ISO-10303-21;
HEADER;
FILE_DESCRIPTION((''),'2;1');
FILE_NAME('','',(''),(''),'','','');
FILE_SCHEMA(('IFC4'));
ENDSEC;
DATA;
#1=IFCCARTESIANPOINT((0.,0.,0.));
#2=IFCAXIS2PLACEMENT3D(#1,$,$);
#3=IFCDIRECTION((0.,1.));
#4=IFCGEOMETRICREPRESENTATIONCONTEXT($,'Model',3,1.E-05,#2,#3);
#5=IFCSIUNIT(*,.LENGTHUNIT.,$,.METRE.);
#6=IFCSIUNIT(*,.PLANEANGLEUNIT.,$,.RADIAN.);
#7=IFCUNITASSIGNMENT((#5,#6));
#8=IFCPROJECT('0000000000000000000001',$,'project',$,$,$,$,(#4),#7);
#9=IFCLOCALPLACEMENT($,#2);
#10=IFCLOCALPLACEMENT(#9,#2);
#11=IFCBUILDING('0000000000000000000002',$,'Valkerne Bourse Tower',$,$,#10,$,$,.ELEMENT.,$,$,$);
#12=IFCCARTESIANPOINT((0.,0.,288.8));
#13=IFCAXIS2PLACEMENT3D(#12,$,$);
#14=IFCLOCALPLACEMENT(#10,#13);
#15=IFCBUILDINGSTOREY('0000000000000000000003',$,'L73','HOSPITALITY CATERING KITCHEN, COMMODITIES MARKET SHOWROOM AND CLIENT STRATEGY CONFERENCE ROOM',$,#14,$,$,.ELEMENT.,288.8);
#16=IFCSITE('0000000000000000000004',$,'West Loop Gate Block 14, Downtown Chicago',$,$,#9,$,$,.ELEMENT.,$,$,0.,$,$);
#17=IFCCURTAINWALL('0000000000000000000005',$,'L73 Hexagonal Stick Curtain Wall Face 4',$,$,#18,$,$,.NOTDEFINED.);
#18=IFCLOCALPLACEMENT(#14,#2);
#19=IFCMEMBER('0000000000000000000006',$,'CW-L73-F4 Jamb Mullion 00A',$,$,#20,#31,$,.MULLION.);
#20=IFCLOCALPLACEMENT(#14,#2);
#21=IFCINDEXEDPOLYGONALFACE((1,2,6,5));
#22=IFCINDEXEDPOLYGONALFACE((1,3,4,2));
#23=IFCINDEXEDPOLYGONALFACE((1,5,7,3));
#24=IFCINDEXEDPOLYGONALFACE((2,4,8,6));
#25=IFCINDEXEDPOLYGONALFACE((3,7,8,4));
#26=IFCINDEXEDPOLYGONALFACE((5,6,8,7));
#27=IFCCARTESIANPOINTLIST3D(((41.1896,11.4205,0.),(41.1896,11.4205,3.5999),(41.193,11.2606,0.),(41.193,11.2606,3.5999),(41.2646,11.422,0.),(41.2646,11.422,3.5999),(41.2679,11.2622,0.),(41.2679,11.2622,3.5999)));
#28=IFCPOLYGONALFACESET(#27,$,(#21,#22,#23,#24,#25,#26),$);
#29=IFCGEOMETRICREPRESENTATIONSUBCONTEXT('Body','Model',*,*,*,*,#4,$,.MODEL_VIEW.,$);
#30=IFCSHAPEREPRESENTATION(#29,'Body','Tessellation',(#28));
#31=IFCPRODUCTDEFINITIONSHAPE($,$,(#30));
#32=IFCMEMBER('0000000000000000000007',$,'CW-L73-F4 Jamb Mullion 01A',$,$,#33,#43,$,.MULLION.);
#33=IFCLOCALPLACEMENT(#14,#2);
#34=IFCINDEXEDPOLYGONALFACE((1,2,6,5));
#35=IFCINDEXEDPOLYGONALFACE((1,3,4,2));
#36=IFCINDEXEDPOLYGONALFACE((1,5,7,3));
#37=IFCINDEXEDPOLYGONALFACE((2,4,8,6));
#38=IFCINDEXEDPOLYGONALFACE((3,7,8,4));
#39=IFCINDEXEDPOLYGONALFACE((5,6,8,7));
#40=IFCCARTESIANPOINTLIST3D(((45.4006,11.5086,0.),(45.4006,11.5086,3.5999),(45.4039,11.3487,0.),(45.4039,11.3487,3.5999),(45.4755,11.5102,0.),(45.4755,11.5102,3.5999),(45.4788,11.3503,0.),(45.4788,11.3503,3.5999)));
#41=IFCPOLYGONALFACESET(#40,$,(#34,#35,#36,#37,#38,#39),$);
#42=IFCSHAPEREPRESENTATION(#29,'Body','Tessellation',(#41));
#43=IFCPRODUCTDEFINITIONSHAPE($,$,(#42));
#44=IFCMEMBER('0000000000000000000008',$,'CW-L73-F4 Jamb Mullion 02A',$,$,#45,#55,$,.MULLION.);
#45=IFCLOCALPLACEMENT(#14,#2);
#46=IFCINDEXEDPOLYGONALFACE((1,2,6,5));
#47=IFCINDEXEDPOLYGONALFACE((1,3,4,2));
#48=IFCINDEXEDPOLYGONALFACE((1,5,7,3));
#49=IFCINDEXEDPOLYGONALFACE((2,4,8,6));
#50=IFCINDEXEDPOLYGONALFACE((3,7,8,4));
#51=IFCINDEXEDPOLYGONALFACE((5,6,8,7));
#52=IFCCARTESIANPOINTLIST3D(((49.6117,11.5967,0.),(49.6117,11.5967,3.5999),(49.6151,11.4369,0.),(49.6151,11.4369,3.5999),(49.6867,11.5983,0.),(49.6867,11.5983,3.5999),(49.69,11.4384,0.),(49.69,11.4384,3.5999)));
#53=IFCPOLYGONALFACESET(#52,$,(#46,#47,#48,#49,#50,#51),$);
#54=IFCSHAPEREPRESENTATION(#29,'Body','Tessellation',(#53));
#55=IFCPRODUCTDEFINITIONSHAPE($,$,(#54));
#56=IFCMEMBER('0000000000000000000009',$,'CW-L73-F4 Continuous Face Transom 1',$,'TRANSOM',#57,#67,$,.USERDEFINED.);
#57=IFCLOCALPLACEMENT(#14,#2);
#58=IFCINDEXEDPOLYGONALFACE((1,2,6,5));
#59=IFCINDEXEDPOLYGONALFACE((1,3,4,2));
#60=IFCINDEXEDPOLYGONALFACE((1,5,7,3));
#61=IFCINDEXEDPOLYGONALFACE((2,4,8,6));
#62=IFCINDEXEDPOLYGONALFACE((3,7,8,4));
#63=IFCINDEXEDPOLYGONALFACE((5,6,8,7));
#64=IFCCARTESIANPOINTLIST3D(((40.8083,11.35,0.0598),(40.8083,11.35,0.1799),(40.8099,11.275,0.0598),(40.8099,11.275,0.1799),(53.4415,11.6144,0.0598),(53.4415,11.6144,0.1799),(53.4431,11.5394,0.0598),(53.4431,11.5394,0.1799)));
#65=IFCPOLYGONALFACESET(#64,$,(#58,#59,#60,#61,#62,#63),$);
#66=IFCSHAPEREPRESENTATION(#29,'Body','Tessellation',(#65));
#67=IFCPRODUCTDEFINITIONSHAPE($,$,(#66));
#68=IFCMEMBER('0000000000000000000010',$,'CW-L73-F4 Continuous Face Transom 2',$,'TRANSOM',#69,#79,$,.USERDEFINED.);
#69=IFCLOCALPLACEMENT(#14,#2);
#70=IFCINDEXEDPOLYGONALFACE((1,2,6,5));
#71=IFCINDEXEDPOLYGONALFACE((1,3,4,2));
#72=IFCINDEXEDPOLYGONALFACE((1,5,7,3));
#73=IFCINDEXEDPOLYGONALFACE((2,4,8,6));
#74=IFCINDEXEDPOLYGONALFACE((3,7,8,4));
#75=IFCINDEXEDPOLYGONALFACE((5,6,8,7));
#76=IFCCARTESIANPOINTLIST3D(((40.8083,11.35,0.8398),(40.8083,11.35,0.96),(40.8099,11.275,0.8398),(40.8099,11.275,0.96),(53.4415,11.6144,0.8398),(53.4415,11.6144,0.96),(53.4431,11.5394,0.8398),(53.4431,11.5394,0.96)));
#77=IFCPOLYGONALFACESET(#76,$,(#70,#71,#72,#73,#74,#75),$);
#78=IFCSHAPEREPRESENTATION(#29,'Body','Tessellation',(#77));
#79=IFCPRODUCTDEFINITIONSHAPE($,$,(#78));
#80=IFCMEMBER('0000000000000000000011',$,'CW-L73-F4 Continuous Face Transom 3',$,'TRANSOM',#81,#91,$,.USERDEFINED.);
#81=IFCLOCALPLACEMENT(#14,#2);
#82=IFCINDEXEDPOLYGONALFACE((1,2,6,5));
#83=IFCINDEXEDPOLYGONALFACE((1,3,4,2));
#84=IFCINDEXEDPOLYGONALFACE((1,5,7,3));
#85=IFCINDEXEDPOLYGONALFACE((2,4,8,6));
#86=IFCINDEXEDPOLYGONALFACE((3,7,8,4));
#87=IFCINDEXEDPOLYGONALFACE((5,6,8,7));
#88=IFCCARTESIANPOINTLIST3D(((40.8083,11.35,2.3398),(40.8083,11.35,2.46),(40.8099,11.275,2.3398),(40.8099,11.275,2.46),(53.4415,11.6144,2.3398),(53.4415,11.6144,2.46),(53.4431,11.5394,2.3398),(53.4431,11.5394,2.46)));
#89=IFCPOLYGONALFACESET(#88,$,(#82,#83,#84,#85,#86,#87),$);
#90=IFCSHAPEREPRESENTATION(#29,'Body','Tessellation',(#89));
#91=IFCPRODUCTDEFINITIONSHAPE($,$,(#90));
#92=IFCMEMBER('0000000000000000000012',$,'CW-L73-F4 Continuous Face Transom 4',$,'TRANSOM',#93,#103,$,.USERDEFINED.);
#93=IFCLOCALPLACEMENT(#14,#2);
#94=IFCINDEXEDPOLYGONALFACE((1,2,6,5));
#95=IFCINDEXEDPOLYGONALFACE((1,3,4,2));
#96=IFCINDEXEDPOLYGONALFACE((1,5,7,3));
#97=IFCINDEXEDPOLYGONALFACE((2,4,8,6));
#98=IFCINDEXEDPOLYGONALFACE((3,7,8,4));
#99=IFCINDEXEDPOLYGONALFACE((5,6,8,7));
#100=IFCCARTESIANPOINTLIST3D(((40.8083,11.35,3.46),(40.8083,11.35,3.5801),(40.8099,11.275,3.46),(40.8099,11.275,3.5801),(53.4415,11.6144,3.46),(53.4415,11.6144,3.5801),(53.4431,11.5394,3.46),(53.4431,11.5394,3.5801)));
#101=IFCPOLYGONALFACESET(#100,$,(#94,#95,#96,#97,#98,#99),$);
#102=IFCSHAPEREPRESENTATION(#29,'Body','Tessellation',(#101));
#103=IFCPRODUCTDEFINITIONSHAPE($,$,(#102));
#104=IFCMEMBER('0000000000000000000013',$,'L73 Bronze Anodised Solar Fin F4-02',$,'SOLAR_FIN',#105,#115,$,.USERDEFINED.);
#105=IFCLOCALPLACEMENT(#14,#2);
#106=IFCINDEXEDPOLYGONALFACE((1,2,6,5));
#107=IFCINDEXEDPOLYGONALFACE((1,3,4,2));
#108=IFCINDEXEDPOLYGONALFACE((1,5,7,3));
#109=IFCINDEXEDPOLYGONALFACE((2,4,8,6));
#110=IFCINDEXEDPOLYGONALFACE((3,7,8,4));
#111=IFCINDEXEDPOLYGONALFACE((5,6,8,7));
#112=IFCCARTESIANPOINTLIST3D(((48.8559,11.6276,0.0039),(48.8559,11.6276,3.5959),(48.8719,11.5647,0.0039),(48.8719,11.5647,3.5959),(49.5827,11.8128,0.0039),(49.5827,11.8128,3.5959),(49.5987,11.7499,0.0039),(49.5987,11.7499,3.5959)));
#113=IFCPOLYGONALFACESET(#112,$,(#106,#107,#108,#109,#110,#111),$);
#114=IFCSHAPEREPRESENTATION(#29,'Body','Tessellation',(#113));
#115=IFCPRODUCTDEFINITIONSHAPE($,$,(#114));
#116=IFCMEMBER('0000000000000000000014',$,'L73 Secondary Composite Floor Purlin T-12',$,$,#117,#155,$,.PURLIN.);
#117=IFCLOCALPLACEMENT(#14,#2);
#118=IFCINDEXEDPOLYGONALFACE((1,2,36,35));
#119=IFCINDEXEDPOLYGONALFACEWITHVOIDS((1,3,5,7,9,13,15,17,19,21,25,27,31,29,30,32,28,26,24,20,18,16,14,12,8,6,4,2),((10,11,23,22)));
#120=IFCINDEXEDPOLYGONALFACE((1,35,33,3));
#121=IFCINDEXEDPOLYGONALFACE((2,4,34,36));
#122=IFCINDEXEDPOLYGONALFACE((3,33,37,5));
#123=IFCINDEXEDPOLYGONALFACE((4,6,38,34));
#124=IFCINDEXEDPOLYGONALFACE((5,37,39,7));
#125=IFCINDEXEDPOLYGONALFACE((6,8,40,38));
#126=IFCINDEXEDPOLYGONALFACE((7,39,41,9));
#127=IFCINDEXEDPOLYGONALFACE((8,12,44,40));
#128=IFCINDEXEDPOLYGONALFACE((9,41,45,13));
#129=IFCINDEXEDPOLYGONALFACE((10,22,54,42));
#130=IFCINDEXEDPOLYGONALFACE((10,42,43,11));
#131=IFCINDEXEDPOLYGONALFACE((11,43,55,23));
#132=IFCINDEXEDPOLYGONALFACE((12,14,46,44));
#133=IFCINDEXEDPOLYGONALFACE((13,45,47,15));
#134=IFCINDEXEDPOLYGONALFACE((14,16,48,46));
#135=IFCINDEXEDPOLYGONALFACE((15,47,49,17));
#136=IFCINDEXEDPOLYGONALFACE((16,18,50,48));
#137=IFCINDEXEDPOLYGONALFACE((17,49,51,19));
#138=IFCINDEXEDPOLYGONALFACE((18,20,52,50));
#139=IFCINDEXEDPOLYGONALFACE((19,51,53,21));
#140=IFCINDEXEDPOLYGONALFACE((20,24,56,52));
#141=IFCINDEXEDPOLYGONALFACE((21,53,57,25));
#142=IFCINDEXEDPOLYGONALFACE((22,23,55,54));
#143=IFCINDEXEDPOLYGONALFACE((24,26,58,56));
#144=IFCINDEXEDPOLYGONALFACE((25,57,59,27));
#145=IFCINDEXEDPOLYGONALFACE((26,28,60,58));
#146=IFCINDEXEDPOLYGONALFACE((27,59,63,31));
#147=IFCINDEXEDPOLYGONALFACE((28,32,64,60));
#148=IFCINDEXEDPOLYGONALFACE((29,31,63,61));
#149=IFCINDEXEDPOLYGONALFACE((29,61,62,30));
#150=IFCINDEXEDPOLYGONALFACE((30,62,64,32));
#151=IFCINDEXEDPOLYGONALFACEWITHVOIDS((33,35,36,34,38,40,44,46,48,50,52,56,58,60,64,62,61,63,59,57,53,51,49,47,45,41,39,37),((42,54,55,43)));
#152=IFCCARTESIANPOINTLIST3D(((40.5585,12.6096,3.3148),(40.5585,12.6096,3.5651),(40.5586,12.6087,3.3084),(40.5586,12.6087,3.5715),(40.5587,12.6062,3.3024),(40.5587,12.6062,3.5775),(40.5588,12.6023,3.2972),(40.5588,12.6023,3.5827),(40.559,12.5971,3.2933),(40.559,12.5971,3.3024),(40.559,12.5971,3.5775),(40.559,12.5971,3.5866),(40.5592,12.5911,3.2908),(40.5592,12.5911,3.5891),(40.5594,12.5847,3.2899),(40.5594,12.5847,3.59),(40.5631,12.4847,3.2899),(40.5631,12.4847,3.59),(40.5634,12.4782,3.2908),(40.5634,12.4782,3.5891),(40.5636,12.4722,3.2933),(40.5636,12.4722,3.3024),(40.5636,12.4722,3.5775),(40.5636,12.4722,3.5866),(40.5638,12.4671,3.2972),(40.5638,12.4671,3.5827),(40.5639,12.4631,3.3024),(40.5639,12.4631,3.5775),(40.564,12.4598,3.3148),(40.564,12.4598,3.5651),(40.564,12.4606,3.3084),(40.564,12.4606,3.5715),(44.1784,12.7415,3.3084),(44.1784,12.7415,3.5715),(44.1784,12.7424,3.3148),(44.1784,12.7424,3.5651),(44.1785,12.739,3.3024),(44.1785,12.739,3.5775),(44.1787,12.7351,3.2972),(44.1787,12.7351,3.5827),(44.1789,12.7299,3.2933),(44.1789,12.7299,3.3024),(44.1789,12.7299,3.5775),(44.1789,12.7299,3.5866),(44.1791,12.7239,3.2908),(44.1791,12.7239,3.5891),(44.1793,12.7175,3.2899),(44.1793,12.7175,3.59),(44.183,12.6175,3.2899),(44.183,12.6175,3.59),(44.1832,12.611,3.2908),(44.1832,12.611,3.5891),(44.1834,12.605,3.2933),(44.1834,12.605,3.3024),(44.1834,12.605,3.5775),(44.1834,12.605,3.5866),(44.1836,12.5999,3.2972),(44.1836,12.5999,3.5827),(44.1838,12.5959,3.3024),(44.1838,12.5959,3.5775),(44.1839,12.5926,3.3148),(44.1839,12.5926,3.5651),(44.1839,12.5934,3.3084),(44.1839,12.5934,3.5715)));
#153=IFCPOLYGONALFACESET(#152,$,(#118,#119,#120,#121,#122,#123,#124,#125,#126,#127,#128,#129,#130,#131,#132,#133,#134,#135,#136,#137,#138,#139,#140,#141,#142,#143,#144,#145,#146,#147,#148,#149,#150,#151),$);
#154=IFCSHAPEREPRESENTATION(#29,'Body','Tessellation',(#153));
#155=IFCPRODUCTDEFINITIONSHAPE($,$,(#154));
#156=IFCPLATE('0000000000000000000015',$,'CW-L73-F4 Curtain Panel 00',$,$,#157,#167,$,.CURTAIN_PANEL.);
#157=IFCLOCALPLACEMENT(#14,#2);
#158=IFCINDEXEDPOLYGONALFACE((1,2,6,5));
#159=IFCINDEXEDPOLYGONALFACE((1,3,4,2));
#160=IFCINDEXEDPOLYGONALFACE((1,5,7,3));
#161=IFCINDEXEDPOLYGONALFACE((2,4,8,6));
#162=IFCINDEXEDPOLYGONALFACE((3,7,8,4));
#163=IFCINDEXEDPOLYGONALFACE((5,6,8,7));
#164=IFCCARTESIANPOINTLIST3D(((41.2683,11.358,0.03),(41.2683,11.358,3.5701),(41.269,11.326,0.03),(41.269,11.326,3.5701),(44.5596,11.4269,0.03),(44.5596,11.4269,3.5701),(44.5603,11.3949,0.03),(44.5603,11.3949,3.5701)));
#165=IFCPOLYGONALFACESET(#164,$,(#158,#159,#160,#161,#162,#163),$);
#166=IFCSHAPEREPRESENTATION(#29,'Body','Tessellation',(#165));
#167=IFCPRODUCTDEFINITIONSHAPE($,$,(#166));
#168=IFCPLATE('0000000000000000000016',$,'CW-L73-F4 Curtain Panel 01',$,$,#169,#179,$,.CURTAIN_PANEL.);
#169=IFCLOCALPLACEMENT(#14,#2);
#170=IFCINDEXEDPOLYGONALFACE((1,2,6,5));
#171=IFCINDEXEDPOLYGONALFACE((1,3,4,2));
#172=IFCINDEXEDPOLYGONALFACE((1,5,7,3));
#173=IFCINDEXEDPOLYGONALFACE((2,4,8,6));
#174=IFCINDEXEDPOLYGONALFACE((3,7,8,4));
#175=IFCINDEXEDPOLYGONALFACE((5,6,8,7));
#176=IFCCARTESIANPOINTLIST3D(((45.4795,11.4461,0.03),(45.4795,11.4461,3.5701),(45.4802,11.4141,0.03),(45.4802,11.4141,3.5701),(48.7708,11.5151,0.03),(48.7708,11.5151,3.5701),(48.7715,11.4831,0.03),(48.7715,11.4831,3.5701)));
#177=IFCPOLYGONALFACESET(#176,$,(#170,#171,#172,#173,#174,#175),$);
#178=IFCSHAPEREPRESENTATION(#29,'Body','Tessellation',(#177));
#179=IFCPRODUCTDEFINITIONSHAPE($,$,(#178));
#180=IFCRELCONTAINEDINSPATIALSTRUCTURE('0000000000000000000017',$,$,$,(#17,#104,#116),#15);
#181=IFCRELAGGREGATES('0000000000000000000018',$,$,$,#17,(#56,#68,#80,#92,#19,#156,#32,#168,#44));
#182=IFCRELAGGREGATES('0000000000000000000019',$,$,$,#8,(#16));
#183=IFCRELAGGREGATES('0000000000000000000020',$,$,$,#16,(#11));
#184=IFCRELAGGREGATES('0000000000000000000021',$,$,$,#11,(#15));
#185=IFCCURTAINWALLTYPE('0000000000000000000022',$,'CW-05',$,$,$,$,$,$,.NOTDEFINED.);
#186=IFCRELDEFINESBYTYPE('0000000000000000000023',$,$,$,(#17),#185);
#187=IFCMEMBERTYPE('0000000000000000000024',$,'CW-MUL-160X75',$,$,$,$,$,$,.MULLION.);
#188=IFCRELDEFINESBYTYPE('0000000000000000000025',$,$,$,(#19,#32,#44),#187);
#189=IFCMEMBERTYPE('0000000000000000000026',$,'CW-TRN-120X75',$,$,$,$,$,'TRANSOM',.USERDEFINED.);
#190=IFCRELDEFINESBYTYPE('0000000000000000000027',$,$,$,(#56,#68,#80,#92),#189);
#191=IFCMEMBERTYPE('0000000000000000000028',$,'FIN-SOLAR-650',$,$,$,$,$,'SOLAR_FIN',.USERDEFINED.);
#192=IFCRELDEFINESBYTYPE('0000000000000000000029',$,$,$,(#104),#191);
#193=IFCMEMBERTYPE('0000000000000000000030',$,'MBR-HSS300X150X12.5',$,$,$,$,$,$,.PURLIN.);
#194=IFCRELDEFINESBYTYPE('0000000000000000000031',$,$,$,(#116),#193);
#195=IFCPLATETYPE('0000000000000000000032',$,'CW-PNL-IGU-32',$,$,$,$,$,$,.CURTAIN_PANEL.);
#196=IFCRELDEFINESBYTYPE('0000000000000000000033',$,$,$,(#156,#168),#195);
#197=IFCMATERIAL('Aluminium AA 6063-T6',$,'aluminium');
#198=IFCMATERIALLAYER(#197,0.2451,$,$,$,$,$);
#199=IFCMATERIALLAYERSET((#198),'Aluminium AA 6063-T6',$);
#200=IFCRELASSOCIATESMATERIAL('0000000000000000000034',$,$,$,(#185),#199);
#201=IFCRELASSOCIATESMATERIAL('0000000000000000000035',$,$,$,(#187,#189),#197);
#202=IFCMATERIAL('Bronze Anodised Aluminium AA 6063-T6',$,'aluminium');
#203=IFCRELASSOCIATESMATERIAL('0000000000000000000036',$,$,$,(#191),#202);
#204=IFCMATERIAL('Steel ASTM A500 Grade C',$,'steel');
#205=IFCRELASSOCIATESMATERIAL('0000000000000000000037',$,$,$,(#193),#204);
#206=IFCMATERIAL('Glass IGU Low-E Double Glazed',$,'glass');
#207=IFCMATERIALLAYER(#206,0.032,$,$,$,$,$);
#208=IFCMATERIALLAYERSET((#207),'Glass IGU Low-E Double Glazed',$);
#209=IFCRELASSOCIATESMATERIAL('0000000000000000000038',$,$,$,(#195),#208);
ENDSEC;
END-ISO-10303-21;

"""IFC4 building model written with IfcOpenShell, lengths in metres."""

from ifc_helpers import new_model, si_unit, direction, frame, origin, origin_2d, place, context, subcontext, project, spatial, rectangle, hollow_rectangle, extrude, material, layer, layer_set, material_profile, profile_set, type_object, element, aggregate, save


model = new_model("IFC4")

# Units and contexts
model_context = context("Model", 3, precision=1e-05, world=origin(), true_north=direction((0.0, 1.0)))
body_context = subcontext(model_context, "Body", "Model", "MODEL_VIEW")
ifc_project = project(units=[si_unit("LENGTHUNIT", "METRE"), si_unit("PLANEANGLEUNIT", "RADIAN")], contexts=[model_context])

# Site, building, storey
site_placement = place(None, origin())
site = spatial("IfcSite", under=ifc_project, at=site_placement, Name="West Loop Gate Block 14, Downtown Chicago", CompositionType="ELEMENT", RefElevation=0.0)
building_placement = place(site_placement, origin())
building = spatial("IfcBuilding", under=site, at=building_placement, Name="Valkerne Bourse Tower", CompositionType="ELEMENT")
storey_placement = place(building_placement, frame((0.0, 0.0, 288.8)))
storey = spatial("IfcBuildingStorey", under=building, at=storey_placement, Name="L73", Description="HOSPITALITY CATERING KITCHEN, COMMODITIES MARKET SHOWROOM AND CLIENT STRATEGY CONFERENCE ROOM", CompositionType="ELEMENT", Elevation=288.8)

# Curtain wall, members
ifc_material_1 = material(Name="Aluminium AA 6063-T6", Category="aluminium")
ifc_layer_1 = layer(ifc_material_1, 0.2451)
ifc_layer_set_1 = layer_set([ifc_layer_1], Name="Aluminium AA 6063-T6")
curtain_wall_type = type_object("IfcCurtainWallType", Name="CW-05", PredefinedType="NOTDEFINED", material=ifc_layer_set_1)
curtain_wall_placement = place(storey_placement, origin())
curtain_wall = element("IfcCurtainWall", 1, at=curtain_wall_placement, inside=storey, type_object=curtain_wall_type, Name="L73 Hexagonal Stick Curtain Wall Face 4", PredefinedType="NOTDEFINED")
ifc_material_profile_1 = material_profile(ifc_material_1, rectangle(XDim=0.075, YDim=0.1599, at=origin_2d()), Name="CWM-75X160")
ifc_profile_set_1 = profile_set([ifc_material_profile_1], Name="Aluminium AA 6063-T6")
member_type_1 = type_object("IfcMemberType", Name="CW-MUL-160X75", PredefinedType="MULLION", material=ifc_profile_set_1)
member_1_placement = place(storey_placement, frame((41.2288, 11.3413, 0.0), z_axis=(0.0, 0.0, 1.0), x_axis=(0.999781, 0.02094, 0.0)))
member_1 = element("IfcMember", 2, at=member_1_placement, type_object=member_type_1, Name="CW-L73-F4 Jamb Mullion 00A", PredefinedType="MULLION", context=body_context, shape_type="SweptSolid", body=[
    extrude(rectangle(XDim=0.075, YDim=0.1599, at=origin_2d()), origin(), (0.0, 0.0, 1.0), 3.5999),
])
member_2_placement = place(storey_placement, frame((45.4397, 11.4294, 0.0), z_axis=(0.0, 0.0, 1.0), x_axis=(0.999781, 0.020941, 0.0)))
member_2 = element("IfcMember", 3, at=member_2_placement, type_object=member_type_1, Name="CW-L73-F4 Jamb Mullion 01A", PredefinedType="MULLION", context=body_context, shape_type="SweptSolid", body=[
    extrude(rectangle(XDim=0.075, YDim=0.1599, at=origin_2d()), origin(), (0.0, 0.0, 1.0), 3.5999),
])
member_3_placement = place(storey_placement, frame((49.6509, 11.5176, 0.0), z_axis=(0.0, 0.0, 1.0), x_axis=(0.999781, 0.02094, 0.0)))
member_3 = element("IfcMember", 4, at=member_3_placement, type_object=member_type_1, Name="CW-L73-F4 Jamb Mullion 02A", PredefinedType="MULLION", context=body_context, shape_type="SweptSolid", body=[
    extrude(rectangle(XDim=0.075, YDim=0.1599, at=origin_2d()), origin(), (0.0, 0.0, 1.0), 3.5999),
])
ifc_material_profile_2 = material_profile(ifc_material_1, rectangle(XDim=0.075, YDim=0.1201, at=origin_2d()), Name="CWT-75X120")
ifc_profile_set_2 = profile_set([ifc_material_profile_2], Name="Aluminium AA 6063-T6")
member_type_2 = type_object("IfcMemberType", Name="CW-TRN-120X75", ElementType="TRANSOM", PredefinedType="USERDEFINED", material=ifc_profile_set_2)
member_4_placement = place(storey_placement, frame((40.8091, 11.3125, 0.1199), z_axis=(0.999781, 0.020925, 0.0), x_axis=(-0.020925, 0.999781, 0.0)))
member_4 = element("IfcMember", 5, at=member_4_placement, type_object=member_type_2, Name="CW-L73-F4 Continuous Face Transom 1", ObjectType="TRANSOM", PredefinedType="USERDEFINED", context=body_context, shape_type="SweptSolid", body=[
    extrude(rectangle(XDim=0.075, YDim=0.1201, at=origin_2d()), origin(), (0.0, 0.0, 1.0), 12.636),
])
member_5_placement = place(storey_placement, frame((40.8091, 11.3125, 0.8999), z_axis=(0.999781, 0.020925, 0.0), x_axis=(-0.020925, 0.999781, 0.0)))
member_5 = element("IfcMember", 6, at=member_5_placement, type_object=member_type_2, Name="CW-L73-F4 Continuous Face Transom 2", ObjectType="TRANSOM", PredefinedType="USERDEFINED", context=body_context, shape_type="SweptSolid", body=[
    extrude(rectangle(XDim=0.075, YDim=0.1201, at=origin_2d()), origin(), (0.0, 0.0, 1.0), 12.636),
])
member_6_placement = place(storey_placement, frame((40.8091, 11.3125, 2.3999), z_axis=(0.999781, 0.020925, 0.0), x_axis=(-0.020925, 0.999781, 0.0)))
member_6 = element("IfcMember", 7, at=member_6_placement, type_object=member_type_2, Name="CW-L73-F4 Continuous Face Transom 3", ObjectType="TRANSOM", PredefinedType="USERDEFINED", context=body_context, shape_type="SweptSolid", body=[
    extrude(rectangle(XDim=0.075, YDim=0.1201, at=origin_2d()), origin(), (0.0, 0.0, 1.0), 12.636),
])
member_7_placement = place(storey_placement, frame((40.8091, 11.3125, 3.52), z_axis=(0.999781, 0.020925, 0.0), x_axis=(-0.020925, 0.999781, 0.0)))
member_7 = element("IfcMember", 8, at=member_7_placement, type_object=member_type_2, Name="CW-L73-F4 Continuous Face Transom 4", ObjectType="TRANSOM", PredefinedType="USERDEFINED", context=body_context, shape_type="SweptSolid", body=[
    extrude(rectangle(XDim=0.075, YDim=0.1201, at=origin_2d()), origin(), (0.0, 0.0, 1.0), 12.636),
])

# Members
ifc_material_2 = material(Name="Bronze Anodised Aluminium AA 6063-T6", Category="aluminium")
ifc_material_profile_3 = material_profile(ifc_material_2, rectangle(XDim=0.0649, YDim=0.75, at=origin_2d()), Name="FIN-65X750")
ifc_profile_set_3 = profile_set([ifc_material_profile_3], Name="Bronze Anodised Aluminium AA 6063-T6")
member_type_3 = type_object("IfcMemberType", Name="FIN-SOLAR-650", ElementType="SOLAR_FIN", PredefinedType="USERDEFINED", material=ifc_profile_set_3)
member_8_placement = place(storey_placement, frame((49.2273, 11.6887, 0.0039), z_axis=(0.0, 0.0, 1.0), x_axis=(0.246933, -0.969033, 0.0)))
element("IfcMember", 9, at=member_8_placement, inside=storey, type_object=member_type_3, Name="L73 Bronze Anodised Solar Fin F4-02", ObjectType="SOLAR_FIN", PredefinedType="USERDEFINED", context=body_context, shape_type="SweptSolid", body=[
    extrude(rectangle(XDim=0.0649, YDim=0.75, at=origin_2d()), origin(), (0.0, 0.0, 1.0), 3.592),
])
ifc_material_3 = material(Name="Steel ASTM A500 Grade C", Category="steel")
ifc_material_profile_4 = material_profile(ifc_material_3, hollow_rectangle(XDim=0.1499, YDim=0.3, WallThickness=0.0125, OuterFilletRadius=0.0249, at=origin_2d()), Name="HSS300X150X12.5")
ifc_profile_set_4 = profile_set([ifc_material_profile_4], Name="Steel ASTM A500 Grade C")
member_type_4 = type_object("IfcMemberType", Name="MBR-HSS300X150X12.5", PredefinedType="PURLIN", material=ifc_profile_set_4)
member_9_placement = place(storey_placement, frame((40.5613, 12.5347, 3.4399), z_axis=(0.999328, 0.036665, 0.0), x_axis=(-0.036665, 0.999328, 0.0)))
element("IfcMember", 10, at=member_9_placement, inside=storey, type_object=member_type_4, Name="L73 Secondary Composite Floor Purlin T-12", PredefinedType="PURLIN", context=body_context, shape_type="SweptSolid", body=[
    extrude(hollow_rectangle(XDim=0.1499, YDim=0.3, WallThickness=0.0125, OuterFilletRadius=0.0249, at=origin_2d()), origin(), (0.0, 0.0, 1.0), 3.6223),
])

# Plates
ifc_material_4 = material(Name="Glass IGU Low-E Double Glazed", Category="glass")
ifc_layer_2 = layer(ifc_material_4, 0.032)
ifc_layer_set_2 = layer_set([ifc_layer_2], Name="Glass IGU Low-E Double Glazed")
plate_type = type_object("IfcPlateType", Name="CW-PNL-IGU-32", PredefinedType="CURTAIN_PANEL", material=ifc_layer_set_2)
plate_1_placement = place(storey_placement, frame((42.9143, 11.3765, 0.03), z_axis=(0.0, 0.0, 1.0), x_axis=(0.999781, 0.02094, 0.0)))
plate_1 = element("IfcPlate", 11, at=plate_1_placement, type_object=plate_type, Name="CW-L73-F4 Curtain Panel 00", PredefinedType="CURTAIN_PANEL", context=body_context, shape_type="SweptSolid", body=[
    extrude(rectangle(XDim=3.292, YDim=0.032, at=origin_2d()), origin(), (0.0, 0.0, 1.0), 3.54),
])
plate_2_placement = place(storey_placement, frame((47.1255, 11.4646, 0.03), z_axis=(0.0, 0.0, 1.0), x_axis=(0.999781, 0.020941, 0.0)))
plate_2 = element("IfcPlate", 12, at=plate_2_placement, type_object=plate_type, Name="CW-L73-F4 Curtain Panel 01", PredefinedType="CURTAIN_PANEL", context=body_context, shape_type="SweptSolid", body=[
    extrude(rectangle(XDim=3.292, YDim=0.032, at=origin_2d()), origin(), (0.0, 0.0, 1.0), 3.54),
])
aggregate(curtain_wall, [member_4, member_5, member_6, member_7, member_1, plate_1, member_2, plate_2, member_3])

save(model, "model.ifc")
